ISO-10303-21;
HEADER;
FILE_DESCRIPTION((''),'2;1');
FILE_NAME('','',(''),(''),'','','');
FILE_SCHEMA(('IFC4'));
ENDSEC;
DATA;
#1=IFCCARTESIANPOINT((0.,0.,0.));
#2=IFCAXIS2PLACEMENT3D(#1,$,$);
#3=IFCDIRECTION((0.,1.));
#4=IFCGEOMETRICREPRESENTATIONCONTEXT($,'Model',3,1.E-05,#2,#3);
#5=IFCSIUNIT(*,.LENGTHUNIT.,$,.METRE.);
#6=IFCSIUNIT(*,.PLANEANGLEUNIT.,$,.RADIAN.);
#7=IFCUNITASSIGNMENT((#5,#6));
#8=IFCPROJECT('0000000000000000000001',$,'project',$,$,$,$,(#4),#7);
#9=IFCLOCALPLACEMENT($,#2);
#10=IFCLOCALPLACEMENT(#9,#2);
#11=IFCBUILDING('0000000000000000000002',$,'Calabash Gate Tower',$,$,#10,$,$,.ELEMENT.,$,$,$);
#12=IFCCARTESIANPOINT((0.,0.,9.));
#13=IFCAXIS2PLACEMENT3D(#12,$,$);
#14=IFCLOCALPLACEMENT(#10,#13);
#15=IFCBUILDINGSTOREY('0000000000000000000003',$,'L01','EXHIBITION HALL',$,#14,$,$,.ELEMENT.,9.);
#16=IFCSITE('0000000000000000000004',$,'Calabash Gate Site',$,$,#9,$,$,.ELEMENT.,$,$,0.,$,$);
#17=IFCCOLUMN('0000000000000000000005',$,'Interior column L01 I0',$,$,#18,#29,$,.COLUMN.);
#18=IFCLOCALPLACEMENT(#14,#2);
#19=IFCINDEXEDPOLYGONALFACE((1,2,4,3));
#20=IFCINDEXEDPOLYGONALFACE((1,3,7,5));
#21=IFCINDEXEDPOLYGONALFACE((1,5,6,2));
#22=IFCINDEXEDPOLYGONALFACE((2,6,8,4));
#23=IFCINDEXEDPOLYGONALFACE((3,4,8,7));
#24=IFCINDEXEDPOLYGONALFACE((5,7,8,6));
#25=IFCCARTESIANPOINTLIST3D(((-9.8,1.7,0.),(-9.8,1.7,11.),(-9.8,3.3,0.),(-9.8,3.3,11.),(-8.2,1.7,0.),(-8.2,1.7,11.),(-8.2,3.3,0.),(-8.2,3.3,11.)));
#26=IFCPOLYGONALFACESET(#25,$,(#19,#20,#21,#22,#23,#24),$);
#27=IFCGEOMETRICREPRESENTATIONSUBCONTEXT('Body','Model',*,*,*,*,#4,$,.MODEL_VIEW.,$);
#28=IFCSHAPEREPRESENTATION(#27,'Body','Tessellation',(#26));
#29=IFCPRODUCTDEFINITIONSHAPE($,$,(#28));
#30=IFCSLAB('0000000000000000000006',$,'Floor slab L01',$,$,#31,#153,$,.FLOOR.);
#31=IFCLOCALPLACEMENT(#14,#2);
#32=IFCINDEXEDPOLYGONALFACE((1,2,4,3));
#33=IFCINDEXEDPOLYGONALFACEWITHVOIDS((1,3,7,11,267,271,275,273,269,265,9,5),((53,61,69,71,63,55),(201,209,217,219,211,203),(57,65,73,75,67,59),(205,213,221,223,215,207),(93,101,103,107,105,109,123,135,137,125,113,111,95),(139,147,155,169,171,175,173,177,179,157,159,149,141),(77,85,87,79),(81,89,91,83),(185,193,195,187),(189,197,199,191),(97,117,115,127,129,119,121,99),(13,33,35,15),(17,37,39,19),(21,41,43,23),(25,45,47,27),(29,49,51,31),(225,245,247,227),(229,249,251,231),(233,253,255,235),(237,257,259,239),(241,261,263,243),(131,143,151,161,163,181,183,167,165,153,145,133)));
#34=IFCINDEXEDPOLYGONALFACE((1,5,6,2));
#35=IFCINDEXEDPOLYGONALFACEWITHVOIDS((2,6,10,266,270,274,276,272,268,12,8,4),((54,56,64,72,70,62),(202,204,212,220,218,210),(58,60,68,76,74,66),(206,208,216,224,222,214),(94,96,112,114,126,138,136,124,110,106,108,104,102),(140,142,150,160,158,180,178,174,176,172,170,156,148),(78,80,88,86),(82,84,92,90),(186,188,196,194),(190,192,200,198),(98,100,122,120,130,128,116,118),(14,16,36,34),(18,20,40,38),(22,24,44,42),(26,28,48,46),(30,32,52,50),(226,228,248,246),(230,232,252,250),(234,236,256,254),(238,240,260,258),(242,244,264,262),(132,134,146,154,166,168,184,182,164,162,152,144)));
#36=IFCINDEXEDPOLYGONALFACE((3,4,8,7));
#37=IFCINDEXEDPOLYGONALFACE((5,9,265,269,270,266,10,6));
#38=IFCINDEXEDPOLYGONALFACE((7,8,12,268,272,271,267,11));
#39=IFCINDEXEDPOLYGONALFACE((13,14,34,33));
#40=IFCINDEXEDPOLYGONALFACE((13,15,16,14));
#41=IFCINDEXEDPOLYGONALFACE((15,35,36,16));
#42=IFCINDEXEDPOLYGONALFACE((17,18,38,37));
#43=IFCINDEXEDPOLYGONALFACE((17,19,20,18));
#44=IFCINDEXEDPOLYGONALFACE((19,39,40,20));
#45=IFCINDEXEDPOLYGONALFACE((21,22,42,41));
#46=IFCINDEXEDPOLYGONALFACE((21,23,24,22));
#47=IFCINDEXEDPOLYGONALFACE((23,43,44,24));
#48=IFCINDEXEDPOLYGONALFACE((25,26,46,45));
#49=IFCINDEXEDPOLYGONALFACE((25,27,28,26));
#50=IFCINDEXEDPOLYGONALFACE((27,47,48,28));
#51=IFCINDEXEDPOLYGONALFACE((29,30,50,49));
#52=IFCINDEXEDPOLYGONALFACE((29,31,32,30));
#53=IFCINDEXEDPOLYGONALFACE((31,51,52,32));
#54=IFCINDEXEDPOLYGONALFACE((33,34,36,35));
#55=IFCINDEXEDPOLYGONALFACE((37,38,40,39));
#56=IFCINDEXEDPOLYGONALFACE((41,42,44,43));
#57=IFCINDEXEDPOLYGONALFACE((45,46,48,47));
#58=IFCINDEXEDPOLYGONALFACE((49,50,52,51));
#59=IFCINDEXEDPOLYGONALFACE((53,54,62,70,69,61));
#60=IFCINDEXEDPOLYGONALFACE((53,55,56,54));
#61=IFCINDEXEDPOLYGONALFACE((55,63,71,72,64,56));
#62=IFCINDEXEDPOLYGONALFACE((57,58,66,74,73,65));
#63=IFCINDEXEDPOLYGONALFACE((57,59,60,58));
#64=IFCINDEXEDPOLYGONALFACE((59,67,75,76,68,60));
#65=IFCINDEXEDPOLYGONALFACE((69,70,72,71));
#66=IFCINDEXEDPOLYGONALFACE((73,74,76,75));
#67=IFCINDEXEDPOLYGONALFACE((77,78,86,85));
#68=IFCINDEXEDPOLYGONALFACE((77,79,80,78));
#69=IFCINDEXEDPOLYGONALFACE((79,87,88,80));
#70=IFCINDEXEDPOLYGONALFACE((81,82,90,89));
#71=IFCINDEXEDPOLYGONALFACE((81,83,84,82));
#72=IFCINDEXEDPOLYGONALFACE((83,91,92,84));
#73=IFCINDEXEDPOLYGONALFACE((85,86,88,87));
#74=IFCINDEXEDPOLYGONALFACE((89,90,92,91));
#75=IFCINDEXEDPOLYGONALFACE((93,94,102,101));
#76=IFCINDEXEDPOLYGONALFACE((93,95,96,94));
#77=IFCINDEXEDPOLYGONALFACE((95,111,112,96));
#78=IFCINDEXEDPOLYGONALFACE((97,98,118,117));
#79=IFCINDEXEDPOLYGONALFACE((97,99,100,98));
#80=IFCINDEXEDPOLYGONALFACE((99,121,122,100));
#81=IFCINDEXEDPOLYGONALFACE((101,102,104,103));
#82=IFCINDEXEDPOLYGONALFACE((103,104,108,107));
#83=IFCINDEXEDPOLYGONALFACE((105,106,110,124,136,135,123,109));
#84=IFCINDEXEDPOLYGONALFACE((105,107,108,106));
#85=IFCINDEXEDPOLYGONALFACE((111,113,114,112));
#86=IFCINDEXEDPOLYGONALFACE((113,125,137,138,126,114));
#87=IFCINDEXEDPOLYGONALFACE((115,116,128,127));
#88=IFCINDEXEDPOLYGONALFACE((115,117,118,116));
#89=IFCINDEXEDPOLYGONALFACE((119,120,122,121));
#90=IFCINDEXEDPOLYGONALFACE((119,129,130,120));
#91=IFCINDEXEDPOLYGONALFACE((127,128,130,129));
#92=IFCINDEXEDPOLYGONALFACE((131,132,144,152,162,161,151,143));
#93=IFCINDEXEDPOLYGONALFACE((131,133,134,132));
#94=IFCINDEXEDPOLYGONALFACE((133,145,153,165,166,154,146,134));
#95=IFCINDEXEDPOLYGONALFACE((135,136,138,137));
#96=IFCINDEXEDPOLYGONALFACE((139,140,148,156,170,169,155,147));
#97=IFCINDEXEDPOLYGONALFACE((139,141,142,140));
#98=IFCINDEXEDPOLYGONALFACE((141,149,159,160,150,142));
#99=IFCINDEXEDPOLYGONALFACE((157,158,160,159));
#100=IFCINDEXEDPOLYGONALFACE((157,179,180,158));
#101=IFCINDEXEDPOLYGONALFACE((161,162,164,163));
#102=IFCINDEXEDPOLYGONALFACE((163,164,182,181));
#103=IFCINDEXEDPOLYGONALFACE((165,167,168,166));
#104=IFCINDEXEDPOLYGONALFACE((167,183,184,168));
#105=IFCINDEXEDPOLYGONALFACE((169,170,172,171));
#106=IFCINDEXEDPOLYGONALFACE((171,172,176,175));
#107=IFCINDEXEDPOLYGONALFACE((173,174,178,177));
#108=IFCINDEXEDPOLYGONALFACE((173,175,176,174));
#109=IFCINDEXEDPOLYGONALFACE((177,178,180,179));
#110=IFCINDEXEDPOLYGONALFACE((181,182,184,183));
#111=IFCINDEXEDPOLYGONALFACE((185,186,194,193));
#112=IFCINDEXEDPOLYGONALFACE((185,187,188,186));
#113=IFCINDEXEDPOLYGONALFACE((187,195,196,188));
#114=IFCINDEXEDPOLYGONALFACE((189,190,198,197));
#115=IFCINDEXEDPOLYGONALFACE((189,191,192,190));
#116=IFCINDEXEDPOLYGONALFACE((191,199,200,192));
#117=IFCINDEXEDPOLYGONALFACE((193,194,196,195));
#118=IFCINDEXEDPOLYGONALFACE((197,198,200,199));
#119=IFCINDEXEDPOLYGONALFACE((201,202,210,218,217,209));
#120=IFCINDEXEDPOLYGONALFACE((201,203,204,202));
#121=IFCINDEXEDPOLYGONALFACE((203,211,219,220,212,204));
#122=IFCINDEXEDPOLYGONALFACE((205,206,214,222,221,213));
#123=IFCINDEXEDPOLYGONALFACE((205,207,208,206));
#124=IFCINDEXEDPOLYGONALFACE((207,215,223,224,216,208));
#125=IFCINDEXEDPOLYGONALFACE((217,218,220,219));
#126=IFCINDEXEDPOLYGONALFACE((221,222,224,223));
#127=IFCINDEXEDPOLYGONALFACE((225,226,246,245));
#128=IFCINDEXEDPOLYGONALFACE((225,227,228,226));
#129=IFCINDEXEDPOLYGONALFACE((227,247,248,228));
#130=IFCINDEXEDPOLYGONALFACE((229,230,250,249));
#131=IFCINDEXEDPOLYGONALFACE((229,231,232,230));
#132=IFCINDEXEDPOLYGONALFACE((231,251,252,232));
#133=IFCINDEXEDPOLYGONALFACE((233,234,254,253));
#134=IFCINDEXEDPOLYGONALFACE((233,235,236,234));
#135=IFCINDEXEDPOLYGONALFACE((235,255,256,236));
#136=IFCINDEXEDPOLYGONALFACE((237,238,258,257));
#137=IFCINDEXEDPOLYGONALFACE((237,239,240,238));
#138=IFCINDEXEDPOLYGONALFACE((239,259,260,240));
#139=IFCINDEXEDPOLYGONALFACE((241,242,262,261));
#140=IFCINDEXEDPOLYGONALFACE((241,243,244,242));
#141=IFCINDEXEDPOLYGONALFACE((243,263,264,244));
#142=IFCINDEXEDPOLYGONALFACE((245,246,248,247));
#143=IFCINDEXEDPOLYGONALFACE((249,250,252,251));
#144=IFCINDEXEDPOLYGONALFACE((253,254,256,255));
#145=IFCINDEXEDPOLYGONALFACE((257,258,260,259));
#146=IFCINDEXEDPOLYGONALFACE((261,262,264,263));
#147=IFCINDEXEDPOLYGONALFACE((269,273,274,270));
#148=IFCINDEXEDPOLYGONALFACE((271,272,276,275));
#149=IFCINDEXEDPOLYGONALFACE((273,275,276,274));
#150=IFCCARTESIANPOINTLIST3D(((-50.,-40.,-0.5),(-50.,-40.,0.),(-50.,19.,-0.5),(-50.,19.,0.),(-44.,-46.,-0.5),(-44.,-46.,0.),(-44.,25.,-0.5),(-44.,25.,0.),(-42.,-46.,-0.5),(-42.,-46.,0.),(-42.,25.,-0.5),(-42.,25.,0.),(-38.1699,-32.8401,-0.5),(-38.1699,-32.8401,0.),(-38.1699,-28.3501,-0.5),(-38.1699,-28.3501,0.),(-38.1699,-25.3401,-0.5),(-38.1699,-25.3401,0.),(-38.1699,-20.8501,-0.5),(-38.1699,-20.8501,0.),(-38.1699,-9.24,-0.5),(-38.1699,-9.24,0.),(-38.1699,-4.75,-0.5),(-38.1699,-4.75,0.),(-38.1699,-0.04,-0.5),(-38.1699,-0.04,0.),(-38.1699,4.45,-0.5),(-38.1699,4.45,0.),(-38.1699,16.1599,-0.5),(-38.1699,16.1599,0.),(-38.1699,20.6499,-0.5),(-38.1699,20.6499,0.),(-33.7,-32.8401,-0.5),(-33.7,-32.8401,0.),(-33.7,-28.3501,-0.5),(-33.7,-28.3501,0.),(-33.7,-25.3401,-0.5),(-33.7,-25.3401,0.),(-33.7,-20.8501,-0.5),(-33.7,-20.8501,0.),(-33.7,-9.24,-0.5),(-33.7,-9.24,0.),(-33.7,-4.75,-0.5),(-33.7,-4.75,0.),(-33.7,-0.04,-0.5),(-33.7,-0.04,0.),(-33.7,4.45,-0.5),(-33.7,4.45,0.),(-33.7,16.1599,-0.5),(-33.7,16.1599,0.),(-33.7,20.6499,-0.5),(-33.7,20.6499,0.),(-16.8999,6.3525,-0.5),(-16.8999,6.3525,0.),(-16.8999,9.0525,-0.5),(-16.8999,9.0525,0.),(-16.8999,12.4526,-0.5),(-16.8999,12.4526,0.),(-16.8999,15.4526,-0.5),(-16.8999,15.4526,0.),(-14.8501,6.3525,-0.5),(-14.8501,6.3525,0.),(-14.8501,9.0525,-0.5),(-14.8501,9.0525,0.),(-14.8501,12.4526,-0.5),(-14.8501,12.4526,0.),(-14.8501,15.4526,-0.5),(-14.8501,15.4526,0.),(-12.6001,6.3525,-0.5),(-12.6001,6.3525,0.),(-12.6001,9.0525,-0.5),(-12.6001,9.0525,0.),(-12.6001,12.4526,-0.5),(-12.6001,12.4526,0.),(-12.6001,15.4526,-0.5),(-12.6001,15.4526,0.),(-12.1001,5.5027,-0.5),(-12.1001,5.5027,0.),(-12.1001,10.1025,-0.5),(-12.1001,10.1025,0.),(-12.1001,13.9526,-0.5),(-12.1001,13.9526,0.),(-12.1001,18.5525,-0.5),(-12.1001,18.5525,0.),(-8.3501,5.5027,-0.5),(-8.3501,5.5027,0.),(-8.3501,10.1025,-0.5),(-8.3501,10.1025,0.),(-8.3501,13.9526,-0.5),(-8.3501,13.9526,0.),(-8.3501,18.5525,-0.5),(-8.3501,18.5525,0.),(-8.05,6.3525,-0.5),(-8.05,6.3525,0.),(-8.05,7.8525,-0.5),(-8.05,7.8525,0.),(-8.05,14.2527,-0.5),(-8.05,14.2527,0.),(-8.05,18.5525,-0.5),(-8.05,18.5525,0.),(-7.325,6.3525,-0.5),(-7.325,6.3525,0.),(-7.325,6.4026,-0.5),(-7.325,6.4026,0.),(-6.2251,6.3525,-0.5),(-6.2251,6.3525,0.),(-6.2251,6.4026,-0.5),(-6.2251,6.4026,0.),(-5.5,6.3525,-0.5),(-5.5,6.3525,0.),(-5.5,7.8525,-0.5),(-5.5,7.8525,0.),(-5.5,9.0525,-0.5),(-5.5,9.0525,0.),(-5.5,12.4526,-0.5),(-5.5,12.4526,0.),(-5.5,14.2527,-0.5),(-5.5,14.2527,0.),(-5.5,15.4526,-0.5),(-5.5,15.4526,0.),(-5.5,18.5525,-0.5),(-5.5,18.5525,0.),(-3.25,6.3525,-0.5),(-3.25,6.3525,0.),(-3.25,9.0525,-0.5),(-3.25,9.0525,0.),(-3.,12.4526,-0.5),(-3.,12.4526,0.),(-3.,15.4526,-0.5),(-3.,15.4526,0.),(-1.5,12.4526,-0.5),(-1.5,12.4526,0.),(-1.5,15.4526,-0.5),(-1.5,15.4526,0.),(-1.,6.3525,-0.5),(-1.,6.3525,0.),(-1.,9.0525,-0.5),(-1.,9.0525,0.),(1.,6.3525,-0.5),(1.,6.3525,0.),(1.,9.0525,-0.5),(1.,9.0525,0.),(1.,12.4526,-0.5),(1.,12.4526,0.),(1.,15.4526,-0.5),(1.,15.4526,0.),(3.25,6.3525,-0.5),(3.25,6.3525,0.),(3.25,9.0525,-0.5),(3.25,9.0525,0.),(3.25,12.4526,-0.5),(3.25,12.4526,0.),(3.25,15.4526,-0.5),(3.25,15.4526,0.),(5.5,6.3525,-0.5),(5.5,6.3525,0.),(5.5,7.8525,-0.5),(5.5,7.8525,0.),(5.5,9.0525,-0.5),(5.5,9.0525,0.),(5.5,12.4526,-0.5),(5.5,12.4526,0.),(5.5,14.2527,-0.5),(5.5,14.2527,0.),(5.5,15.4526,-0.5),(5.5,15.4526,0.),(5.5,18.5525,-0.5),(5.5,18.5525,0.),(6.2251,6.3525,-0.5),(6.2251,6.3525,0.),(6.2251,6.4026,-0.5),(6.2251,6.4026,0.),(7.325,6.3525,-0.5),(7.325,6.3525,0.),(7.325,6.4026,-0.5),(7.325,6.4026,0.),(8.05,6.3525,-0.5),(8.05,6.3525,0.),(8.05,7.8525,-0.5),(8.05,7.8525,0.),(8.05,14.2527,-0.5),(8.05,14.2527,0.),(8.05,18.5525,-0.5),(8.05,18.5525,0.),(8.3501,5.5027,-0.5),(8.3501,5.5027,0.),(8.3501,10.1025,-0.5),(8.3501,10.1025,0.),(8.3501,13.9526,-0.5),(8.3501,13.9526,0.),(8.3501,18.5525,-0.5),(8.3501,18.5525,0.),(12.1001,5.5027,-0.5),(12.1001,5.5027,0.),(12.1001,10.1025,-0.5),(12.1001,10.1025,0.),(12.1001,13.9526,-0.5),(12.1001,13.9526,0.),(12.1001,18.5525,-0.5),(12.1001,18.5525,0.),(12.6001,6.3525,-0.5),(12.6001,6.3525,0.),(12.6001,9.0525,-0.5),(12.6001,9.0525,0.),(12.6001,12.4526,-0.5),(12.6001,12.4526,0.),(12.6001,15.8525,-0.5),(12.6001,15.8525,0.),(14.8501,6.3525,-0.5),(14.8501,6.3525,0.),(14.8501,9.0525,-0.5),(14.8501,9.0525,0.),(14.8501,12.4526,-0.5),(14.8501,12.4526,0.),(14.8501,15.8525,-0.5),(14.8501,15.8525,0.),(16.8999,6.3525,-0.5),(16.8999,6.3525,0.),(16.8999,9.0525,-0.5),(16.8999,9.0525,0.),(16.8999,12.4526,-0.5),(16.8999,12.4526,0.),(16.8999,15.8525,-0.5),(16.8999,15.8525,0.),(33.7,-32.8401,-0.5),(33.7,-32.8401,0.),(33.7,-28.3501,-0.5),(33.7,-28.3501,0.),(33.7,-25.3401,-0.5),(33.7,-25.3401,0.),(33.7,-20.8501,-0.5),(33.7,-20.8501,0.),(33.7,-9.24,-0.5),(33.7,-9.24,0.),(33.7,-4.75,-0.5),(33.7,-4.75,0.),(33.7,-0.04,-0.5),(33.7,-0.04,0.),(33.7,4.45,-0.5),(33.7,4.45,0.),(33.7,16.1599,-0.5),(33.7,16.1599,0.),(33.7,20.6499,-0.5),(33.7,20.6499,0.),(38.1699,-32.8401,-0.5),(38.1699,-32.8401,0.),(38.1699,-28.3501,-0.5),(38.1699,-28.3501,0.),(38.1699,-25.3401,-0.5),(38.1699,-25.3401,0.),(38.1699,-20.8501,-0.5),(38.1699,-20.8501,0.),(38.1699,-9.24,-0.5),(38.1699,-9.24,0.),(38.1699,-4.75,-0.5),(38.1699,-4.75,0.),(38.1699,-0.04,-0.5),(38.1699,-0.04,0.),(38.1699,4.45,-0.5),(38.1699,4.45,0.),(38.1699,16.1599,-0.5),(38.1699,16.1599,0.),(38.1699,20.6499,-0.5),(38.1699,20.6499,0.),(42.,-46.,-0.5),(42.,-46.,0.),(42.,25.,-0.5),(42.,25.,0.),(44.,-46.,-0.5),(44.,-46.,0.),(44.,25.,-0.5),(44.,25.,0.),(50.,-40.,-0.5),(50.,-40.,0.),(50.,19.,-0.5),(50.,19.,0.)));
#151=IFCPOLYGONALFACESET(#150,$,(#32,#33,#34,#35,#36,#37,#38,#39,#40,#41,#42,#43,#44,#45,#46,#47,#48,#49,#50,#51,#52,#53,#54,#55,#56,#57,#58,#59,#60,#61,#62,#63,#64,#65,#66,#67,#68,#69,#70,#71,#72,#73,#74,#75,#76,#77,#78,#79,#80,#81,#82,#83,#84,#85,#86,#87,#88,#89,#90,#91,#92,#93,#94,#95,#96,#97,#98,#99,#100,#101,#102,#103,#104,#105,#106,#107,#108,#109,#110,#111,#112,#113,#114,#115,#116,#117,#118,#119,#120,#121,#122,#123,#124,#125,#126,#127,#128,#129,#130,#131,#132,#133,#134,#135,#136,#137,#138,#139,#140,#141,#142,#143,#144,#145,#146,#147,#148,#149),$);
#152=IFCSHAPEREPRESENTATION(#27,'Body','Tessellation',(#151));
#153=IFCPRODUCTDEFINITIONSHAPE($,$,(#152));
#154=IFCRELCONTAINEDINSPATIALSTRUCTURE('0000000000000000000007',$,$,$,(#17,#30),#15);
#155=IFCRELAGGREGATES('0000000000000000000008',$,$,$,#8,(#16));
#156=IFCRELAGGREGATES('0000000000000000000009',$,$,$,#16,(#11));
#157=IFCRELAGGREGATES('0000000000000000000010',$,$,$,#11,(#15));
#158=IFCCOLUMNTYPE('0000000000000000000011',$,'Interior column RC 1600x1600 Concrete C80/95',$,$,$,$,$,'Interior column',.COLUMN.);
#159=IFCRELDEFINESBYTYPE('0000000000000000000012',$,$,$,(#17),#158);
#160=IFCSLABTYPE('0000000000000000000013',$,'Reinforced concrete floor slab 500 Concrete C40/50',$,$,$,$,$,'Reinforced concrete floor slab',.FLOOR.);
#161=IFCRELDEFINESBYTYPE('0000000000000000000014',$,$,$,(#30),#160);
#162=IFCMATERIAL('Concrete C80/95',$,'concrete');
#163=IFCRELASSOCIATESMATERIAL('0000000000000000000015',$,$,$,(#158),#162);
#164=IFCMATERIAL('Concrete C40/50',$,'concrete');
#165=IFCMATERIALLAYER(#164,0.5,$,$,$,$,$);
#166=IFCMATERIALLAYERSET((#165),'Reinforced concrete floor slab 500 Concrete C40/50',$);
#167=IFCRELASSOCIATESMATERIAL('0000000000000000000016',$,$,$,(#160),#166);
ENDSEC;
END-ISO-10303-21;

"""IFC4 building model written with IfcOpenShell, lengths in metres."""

from ifc_helpers import new_model, si_unit, direction, frame, origin, origin_2d, place, context, subcontext, project, spatial, polyline, rectangle, outline, extrude, material, layer, layer_set, material_profile, profile_set, type_object, element, save


model = new_model("IFC4")

# Units and contexts
model_context = context("Model", 3, precision=1e-05, world=origin(), true_north=direction((0.0, 1.0)))
body_context = subcontext(model_context, "Body", "Model", "MODEL_VIEW")
ifc_project = project(units=[si_unit("LENGTHUNIT", "METRE"), si_unit("PLANEANGLEUNIT", "RADIAN")], contexts=[model_context])

# Site, building, storey
site_placement = place(None, origin())
site = spatial("IfcSite", under=ifc_project, at=site_placement, Name="Calabash Gate Site", CompositionType="ELEMENT", RefElevation=0.0)
building_placement = place(site_placement, origin())
building = spatial("IfcBuilding", under=site, at=building_placement, Name="Calabash Gate Tower", CompositionType="ELEMENT")
storey_placement = place(building_placement, frame((0.0, 0.0, 9.0)))
storey = spatial("IfcBuildingStorey", under=building, at=storey_placement, Name="L01", Description="EXHIBITION HALL", CompositionType="ELEMENT", Elevation=9.0)

# Column
ifc_material_1 = material(Name="Concrete C80/95", Category="concrete")
ifc_material_profile = material_profile(ifc_material_1, rectangle(XDim=1.6001, YDim=1.6001, at=origin_2d()))
ifc_profile_set = profile_set([ifc_material_profile], Name="Concrete C80/95")
column_type = type_object("IfcColumnType", Name="Interior column RC 1600x1600 Concrete C80/95", ElementType="Interior column", PredefinedType="COLUMN", material=ifc_profile_set)
column_placement = place(storey_placement, frame((-9.0, 2.5, 0.0), z_axis=(0.0, 0.0, 1.0), x_axis=(1.0, 0.0, 0.0)))
element("IfcColumn", 1, at=column_placement, inside=storey, type_object=column_type, Name="Interior column L01 I0", PredefinedType="COLUMN", context=body_context, shape_type="SweptSolid", body=[
    extrude(rectangle(XDim=1.6001, YDim=1.6001, at=origin_2d()), origin(), (0.0, 0.0, 1.0), 11.0),
])

# Slab
ifc_material_2 = material(Name="Concrete C40/50", Category="concrete")
ifc_layer_1 = layer(ifc_material_2, 0.5)
ifc_layer_set_1 = layer_set([ifc_layer_1], Name="Reinforced concrete floor slab 500 Concrete C40/50")
slab_type_1 = type_object("IfcSlabType", Name="Reinforced concrete floor slab 500 Concrete C40/50", ElementType="Reinforced concrete floor slab", PredefinedType="FLOOR", material=ifc_layer_set_1)
slab_1_placement = place(storey_placement, frame((0.0, 0.0, -0.5)))
element("IfcSlab", 2, at=slab_1_placement, inside=storey, type_object=slab_type_1, Name="Floor slab L01", PredefinedType="FLOOR", context=body_context, shape_type="SweptSolid", body=[
    extrude(outline(polyline([(44.0, -46.0), (42.0, -46.0), (-42.0, -46.0), (-44.0, -46.0), (-50.0, -40.0), (-50.0, 19.0), (-44.0, 25.0), (-42.0, 25.0), (42.0, 25.0), (44.0, 25.0), (50.0, 19.0), (50.0, -40.0), (44.0, -46.0)]), holes=[polyline([(-1.0, 6.3525), (-1.0, 9.0525), (-3.25, 9.0525), (-5.5, 9.0525), (-5.5, 7.8525), (-8.05, 7.8525), (-8.05, 6.3525), (-7.325, 6.3525), (-7.325, 6.4026), (-6.2251, 6.4026), (-6.2251, 6.3525), (-5.5, 6.3525), (-3.25, 6.3525), (-1.0, 6.3525)]), polyline([(8.05, 6.3525), (8.05, 7.8525), (5.5, 7.8525), (5.5, 9.0525), (3.25, 9.0525), (1.0, 9.0525), (1.0, 6.3525), (3.25, 6.3525), (5.5, 6.3525), (6.2251, 6.3525), (6.2251, 6.4026), (7.325, 6.4026), (7.325, 6.3525), (8.05, 6.3525)]), polyline([(-3.0, 12.4526), (-3.0, 15.4526), (-5.5, 15.4526), (-5.5, 18.5525), (-8.05, 18.5525), (-8.05, 14.2527), (-5.5, 14.2527), (-5.5, 12.4526), (-3.0, 12.4526)]), polyline([(5.5, 14.2527), (8.05, 14.2527), (8.05, 18.5525), (5.5, 18.5525), (5.5, 15.4526), (3.25, 15.4526), (1.0, 15.4526), (-1.5, 15.4526), (-1.5, 12.4526), (1.0, 12.4526), (3.25, 12.4526), (5.5, 12.4526), (5.5, 14.2527)]), polyline([(-16.8999, 6.3525), (-14.8501, 6.3525), (-12.6001, 6.3525), (-12.6001, 9.0525), (-14.8501, 9.0525), (-16.8999, 9.0525), (-16.8999, 6.3525)]), polyline([(-16.8999, 15.4526), (-16.8999, 12.4526), (-14.8501, 12.4526), (-12.6001, 12.4526), (-12.6001, 15.4526), (-14.8501, 15.4526), (-16.8999, 15.4526)]), polyline([(12.6001, 9.0525), (12.6001, 6.3525), (14.8501, 6.3525), (16.8999, 6.3525), (16.8999, 9.0525), (14.8501, 9.0525), (12.6001, 9.0525)]), polyline([(12.6001, 15.8525), (12.6001, 12.4526), (14.8501, 12.4526), (16.8999, 12.4526), (16.8999, 15.8525), (14.8501, 15.8525), (12.6001, 15.8525)]), polyline([(-12.1001, 13.9526), (-8.3501, 13.9526), (-8.3501, 18.5525), (-12.1001, 18.5525), (-12.1001, 13.9526)]), polyline([(-8.3501, 5.5027), (-8.3501, 10.1025), (-12.1001, 10.1025), (-12.1001, 5.5027), (-8.3501, 5.5027)]), polyline([(12.1001, 18.5525), (8.3501, 18.5525), (8.3501, 13.9526), (12.1001, 13.9526), (12.1001, 18.5525)]), polyline([(8.3501, 10.1025), (8.3501, 5.5027), (12.1001, 5.5027), (12.1001, 10.1025), (8.3501, 10.1025)]), polyline([(-33.7, -28.3501), (-38.1699, -28.3501), (-38.1699, -32.8401), (-33.7, -32.8401), (-33.7, -28.3501)]), polyline([(-33.7, -25.3401), (-33.7, -20.8501), (-38.1699, -20.8501), (-38.1699, -25.3401), (-33.7, -25.3401)]), polyline([(-38.1699, -9.24), (-33.7, -9.24), (-33.7, -4.75), (-38.1699, -4.75), (-38.1699, -9.24)]), polyline([(-38.1699, 4.45), (-38.1699, -0.04), (-33.7, -0.04), (-33.7, 4.45), (-38.1699, 4.45)]), polyline([(-33.7, 20.6499), (-38.1699, 20.6499), (-38.1699, 16.1599), (-33.7, 16.1599), (-33.7, 20.6499)]), polyline([(38.1699, -32.8401), (38.1699, -28.3501), (33.7, -28.3501), (33.7, -32.8401), (38.1699, -32.8401)]), polyline([(33.7, -25.3401), (38.1699, -25.3401), (38.1699, -20.8501), (33.7, -20.8501), (33.7, -25.3401)]), polyline([(33.7, -4.75), (33.7, -9.24), (38.1699, -9.24), (38.1699, -4.75), (33.7, -4.75)]), polyline([(38.1699, 4.45), (33.7, 4.45), (33.7, -0.04), (38.1699, -0.04), (38.1699, 4.45)]), polyline([(38.1699, 16.1599), (38.1699, 20.6499), (33.7, 20.6499), (33.7, 16.1599), (38.1699, 16.1599)])]), origin(), (0.0, 0.0, 1.0), 0.5),
])

save(model, "model.ifc")
